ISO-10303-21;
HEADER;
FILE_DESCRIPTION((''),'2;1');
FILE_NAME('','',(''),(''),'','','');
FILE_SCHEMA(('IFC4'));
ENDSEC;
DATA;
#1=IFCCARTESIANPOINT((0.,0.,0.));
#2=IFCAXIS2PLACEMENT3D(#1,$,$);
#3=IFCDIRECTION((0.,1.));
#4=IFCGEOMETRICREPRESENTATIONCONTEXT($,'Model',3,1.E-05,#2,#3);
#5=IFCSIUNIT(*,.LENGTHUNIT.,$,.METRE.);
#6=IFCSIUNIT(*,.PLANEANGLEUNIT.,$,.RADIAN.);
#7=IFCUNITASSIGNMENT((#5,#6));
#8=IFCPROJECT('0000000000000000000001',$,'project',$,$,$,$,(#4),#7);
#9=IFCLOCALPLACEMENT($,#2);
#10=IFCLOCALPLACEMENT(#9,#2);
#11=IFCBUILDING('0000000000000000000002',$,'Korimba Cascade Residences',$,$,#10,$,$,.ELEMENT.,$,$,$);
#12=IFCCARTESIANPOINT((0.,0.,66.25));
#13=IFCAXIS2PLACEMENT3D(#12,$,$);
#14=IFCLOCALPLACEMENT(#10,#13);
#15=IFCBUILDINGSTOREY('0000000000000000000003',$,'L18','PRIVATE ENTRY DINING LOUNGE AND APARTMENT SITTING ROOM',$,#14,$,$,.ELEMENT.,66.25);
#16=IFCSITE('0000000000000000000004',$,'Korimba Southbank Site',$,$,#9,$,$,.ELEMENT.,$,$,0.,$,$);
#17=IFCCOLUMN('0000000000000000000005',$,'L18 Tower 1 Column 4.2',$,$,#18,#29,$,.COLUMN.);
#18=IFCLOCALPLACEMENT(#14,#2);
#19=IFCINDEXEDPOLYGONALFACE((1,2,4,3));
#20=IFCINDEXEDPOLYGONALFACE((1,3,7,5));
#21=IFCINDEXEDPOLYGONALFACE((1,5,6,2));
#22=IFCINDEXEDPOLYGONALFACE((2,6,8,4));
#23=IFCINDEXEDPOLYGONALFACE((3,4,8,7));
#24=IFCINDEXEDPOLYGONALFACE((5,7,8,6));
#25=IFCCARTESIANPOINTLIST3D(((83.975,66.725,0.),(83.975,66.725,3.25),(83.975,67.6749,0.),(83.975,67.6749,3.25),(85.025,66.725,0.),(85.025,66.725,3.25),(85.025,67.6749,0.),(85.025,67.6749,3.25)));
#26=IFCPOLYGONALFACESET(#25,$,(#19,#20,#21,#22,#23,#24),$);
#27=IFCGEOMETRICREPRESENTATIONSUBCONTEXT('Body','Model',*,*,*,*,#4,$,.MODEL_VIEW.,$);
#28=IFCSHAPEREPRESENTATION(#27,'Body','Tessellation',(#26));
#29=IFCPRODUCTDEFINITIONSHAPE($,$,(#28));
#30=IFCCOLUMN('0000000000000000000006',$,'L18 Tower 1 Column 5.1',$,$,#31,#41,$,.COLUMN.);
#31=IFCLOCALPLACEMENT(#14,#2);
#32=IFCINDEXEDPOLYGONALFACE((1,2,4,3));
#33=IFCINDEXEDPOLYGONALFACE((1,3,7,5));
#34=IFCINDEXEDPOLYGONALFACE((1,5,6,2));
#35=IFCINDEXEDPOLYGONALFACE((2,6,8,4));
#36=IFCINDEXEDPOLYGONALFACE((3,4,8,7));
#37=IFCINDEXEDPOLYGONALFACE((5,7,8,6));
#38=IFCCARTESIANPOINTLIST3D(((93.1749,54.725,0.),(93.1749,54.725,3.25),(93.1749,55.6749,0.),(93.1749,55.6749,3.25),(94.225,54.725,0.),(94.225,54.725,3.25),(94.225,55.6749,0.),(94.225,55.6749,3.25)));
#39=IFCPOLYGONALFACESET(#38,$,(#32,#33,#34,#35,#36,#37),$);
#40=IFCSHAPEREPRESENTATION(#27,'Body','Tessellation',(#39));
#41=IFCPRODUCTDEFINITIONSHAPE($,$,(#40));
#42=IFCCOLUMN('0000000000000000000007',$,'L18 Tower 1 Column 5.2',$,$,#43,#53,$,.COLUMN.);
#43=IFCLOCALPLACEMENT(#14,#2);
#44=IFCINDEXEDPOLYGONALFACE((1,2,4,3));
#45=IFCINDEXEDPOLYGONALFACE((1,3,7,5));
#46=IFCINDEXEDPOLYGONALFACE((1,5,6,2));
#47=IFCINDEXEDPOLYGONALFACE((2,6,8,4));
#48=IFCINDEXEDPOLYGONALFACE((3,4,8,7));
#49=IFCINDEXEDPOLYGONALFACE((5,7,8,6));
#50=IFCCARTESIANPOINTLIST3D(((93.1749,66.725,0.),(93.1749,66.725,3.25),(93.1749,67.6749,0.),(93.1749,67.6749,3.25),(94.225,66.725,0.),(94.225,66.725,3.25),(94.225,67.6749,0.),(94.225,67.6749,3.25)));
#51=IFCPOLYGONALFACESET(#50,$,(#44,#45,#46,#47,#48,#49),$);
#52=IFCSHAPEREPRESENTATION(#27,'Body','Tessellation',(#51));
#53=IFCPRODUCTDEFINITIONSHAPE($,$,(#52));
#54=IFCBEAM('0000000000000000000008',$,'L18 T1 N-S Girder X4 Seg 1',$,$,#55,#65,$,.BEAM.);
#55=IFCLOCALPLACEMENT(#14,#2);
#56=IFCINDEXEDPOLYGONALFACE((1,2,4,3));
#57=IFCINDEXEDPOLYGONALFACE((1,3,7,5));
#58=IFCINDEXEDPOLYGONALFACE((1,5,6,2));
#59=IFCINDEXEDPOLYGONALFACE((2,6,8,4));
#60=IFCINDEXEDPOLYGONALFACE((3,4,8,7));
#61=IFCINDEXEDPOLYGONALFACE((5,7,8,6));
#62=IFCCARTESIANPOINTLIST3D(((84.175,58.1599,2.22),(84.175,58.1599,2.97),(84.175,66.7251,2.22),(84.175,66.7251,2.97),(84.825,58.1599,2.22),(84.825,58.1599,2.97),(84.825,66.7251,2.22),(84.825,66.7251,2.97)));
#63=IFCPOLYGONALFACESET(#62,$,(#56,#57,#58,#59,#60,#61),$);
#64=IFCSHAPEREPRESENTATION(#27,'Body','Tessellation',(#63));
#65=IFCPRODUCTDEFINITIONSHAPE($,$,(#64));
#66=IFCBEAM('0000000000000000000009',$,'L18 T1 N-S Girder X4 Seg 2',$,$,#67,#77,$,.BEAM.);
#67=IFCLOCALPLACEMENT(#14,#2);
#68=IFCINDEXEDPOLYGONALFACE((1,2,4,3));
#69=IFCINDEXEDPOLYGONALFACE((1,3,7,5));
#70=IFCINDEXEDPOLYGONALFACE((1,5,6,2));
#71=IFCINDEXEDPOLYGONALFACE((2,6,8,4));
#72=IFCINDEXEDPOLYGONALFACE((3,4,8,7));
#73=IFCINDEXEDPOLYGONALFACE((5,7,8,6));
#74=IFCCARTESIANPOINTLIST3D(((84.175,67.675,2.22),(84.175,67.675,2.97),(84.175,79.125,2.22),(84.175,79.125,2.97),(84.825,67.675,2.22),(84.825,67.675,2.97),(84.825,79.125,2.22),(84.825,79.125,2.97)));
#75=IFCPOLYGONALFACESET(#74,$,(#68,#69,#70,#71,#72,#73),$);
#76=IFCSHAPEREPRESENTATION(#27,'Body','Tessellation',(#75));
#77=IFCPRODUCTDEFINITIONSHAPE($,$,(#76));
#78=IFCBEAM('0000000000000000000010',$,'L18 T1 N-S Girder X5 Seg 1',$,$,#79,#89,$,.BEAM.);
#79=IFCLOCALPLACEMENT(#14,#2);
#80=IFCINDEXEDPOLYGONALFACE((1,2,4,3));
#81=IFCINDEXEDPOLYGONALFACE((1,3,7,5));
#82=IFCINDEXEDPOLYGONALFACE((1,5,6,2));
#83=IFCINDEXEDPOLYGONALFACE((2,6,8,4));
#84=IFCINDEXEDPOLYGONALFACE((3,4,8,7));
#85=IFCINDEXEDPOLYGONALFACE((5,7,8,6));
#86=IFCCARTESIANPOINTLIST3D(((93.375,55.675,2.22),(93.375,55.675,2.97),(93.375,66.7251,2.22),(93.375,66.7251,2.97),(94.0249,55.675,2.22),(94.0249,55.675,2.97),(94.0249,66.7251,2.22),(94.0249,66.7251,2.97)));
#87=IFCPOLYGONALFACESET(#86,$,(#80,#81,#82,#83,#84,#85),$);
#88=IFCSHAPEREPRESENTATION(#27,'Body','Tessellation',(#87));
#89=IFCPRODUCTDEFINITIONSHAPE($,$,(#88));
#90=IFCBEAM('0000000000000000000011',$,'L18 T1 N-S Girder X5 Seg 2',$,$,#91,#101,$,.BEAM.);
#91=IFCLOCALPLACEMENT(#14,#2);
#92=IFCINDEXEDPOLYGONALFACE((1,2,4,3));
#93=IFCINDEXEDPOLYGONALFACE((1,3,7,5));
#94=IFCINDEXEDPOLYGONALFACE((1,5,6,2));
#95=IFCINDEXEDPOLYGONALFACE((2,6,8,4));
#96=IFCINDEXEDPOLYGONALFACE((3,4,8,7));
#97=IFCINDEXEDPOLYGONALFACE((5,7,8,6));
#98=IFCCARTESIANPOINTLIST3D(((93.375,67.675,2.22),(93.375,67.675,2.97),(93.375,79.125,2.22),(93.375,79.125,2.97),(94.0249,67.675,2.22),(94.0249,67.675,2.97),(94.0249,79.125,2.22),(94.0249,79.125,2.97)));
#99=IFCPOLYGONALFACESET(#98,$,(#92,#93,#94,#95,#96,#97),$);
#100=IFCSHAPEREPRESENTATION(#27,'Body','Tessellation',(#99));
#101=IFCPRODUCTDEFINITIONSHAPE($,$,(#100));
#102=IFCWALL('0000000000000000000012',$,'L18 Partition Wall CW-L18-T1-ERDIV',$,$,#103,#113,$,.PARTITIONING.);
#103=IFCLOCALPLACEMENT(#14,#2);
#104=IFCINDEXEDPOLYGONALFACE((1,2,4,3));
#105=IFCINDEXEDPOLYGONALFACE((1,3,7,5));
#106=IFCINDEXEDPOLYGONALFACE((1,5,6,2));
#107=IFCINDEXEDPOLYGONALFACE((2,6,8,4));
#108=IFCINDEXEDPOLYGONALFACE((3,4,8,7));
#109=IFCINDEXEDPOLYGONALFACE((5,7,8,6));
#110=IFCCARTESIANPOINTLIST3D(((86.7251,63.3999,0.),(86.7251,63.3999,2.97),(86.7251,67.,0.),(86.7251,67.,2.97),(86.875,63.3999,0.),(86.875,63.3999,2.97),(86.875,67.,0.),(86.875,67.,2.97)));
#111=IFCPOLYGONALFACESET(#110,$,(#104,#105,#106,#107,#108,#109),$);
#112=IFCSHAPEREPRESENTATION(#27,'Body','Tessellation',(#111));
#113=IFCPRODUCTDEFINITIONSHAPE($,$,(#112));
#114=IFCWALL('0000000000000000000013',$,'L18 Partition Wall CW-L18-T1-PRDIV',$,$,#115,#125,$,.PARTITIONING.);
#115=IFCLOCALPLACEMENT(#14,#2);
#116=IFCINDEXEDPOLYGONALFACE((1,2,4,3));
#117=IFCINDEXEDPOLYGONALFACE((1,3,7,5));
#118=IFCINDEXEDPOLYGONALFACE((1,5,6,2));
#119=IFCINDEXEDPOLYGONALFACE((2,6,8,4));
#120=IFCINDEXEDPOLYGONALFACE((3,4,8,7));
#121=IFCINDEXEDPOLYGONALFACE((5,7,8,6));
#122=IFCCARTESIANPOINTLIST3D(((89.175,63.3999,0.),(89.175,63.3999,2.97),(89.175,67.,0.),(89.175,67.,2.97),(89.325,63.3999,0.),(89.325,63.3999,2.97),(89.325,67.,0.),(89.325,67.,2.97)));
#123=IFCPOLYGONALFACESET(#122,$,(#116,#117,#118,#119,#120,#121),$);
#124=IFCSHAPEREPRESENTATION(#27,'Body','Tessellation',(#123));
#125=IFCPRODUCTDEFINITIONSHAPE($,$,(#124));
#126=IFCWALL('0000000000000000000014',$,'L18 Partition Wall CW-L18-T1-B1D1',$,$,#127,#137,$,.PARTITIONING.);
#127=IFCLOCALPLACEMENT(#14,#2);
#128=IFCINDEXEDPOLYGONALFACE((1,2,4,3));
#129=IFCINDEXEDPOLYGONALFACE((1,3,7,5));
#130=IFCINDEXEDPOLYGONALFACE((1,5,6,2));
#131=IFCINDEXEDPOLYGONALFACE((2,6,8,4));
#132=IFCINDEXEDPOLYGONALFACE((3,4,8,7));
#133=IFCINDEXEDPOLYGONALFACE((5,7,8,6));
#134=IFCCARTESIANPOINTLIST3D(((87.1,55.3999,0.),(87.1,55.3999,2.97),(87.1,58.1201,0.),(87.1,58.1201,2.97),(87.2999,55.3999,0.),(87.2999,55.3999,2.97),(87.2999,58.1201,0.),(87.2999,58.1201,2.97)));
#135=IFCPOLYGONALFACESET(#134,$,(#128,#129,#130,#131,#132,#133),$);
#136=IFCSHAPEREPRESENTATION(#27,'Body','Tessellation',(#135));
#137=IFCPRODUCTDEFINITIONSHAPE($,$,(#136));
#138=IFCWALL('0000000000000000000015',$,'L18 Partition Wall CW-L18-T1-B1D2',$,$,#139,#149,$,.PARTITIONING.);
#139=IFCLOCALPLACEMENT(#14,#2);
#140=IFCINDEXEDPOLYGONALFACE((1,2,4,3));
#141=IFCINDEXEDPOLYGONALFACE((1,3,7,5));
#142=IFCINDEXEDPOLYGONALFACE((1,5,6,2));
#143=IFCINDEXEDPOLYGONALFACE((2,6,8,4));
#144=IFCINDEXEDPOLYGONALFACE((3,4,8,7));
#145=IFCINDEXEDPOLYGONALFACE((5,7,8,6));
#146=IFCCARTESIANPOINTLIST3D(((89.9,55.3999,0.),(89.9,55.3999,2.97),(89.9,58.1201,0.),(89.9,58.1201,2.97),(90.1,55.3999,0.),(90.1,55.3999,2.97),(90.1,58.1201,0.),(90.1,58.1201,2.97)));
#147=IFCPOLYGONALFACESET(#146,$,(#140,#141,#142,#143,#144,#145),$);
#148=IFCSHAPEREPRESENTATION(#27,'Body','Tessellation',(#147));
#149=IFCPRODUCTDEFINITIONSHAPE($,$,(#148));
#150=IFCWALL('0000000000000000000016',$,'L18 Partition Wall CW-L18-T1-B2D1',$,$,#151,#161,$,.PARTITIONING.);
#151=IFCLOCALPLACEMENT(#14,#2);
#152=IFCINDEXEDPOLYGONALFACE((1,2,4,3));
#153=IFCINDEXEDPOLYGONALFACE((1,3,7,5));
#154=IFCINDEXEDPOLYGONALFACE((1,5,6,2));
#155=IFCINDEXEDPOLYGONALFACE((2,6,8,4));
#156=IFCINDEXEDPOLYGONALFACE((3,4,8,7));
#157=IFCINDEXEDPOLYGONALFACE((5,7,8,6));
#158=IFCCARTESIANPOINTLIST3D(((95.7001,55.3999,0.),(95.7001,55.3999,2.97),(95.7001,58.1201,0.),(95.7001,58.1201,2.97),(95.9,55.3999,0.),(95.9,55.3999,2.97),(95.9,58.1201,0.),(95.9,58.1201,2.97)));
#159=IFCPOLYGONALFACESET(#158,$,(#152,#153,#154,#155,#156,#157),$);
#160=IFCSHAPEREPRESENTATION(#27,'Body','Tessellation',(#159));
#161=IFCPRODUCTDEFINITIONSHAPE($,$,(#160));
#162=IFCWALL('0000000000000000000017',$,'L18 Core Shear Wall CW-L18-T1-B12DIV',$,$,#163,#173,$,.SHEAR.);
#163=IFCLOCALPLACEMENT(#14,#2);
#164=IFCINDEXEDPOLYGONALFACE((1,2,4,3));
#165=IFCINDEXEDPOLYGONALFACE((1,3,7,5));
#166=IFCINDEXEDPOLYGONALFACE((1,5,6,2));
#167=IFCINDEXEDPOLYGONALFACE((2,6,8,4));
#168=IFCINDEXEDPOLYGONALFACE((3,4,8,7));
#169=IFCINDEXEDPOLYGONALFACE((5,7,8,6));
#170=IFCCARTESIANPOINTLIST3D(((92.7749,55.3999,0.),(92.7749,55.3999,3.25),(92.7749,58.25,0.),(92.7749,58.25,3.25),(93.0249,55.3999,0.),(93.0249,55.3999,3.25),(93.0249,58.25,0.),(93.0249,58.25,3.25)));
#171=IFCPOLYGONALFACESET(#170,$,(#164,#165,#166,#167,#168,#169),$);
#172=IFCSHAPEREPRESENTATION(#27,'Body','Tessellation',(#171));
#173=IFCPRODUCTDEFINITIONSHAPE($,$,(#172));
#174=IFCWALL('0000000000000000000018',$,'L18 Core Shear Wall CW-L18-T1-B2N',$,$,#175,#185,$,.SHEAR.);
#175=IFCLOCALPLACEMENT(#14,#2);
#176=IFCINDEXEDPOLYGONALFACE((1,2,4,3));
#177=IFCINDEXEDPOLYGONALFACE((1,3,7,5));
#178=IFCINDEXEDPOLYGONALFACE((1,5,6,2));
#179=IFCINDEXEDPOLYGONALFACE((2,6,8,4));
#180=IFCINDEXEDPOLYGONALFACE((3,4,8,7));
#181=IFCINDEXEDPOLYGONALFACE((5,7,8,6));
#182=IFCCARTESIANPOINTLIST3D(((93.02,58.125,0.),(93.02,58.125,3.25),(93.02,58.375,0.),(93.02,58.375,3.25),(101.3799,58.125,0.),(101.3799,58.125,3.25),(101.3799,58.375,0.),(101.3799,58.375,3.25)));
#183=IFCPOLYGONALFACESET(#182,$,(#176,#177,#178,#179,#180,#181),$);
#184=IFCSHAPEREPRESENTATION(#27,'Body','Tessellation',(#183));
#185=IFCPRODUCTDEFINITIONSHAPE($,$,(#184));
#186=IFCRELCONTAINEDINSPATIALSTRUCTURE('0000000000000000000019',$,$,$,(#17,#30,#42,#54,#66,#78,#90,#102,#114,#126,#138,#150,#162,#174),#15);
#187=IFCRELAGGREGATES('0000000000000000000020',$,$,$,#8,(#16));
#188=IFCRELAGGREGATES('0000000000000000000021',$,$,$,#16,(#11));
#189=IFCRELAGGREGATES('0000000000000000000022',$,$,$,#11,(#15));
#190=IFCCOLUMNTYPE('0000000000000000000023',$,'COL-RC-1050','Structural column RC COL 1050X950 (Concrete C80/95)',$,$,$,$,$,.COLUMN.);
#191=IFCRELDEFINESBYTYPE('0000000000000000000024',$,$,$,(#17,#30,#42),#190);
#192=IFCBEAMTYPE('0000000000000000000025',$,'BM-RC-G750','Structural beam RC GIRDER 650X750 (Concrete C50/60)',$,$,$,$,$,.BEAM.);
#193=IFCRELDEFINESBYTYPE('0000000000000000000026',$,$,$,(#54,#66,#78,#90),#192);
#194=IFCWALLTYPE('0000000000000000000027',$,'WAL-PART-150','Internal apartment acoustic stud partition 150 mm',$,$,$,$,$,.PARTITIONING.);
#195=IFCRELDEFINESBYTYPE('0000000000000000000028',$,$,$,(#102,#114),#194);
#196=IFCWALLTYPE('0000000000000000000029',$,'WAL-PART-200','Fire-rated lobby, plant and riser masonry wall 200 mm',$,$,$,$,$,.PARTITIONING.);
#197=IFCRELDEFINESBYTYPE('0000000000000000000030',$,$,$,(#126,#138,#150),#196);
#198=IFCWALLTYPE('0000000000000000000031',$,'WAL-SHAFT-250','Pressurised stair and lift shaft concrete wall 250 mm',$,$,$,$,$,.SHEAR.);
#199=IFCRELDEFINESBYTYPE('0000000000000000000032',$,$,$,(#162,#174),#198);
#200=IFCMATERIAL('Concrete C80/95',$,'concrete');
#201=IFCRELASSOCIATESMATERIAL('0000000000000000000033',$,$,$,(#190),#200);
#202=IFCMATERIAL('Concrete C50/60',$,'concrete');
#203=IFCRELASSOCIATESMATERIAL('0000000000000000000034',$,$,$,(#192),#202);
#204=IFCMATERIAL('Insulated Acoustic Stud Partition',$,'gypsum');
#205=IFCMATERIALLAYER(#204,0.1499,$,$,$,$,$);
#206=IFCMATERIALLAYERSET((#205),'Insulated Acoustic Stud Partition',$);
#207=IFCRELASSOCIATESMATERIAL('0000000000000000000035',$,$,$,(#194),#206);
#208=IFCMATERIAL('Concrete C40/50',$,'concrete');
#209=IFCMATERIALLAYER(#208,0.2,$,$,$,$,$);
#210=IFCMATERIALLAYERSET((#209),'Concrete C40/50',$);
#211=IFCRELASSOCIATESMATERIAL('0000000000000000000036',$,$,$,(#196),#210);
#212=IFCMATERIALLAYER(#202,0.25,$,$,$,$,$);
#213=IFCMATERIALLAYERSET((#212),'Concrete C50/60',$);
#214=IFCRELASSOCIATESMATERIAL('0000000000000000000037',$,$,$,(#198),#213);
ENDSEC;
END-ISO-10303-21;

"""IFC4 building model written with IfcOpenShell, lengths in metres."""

from ifc_helpers import new_model, si_unit, direction, frame, frame_2d, origin, origin_2d, place, context, subcontext, project, spatial, rectangle, extrude, material, layer, layer_set, material_profile, profile_set, type_object, element, save


model = new_model("IFC4")

# Units and contexts
model_context = context("Model", 3, precision=1e-05, world=origin(), true_north=direction((0.0, 1.0)))
body_context = subcontext(model_context, "Body", "Model", "MODEL_VIEW")
ifc_project = project(units=[si_unit("LENGTHUNIT", "METRE"), si_unit("PLANEANGLEUNIT", "RADIAN")], contexts=[model_context])

# Site, building, storey
site_placement = place(None, origin())
site = spatial("IfcSite", under=ifc_project, at=site_placement, Name="Korimba Southbank Site", CompositionType="ELEMENT", RefElevation=0.0)
building_placement = place(site_placement, origin())
building = spatial("IfcBuilding", under=site, at=building_placement, Name="Korimba Cascade Residences", CompositionType="ELEMENT")
storey_placement = place(building_placement, frame((0.0, 0.0, 66.25)))
storey = spatial("IfcBuildingStorey", under=building, at=storey_placement, Name="L18", Description="PRIVATE ENTRY DINING LOUNGE AND APARTMENT SITTING ROOM", CompositionType="ELEMENT", Elevation=66.25)

# Columns
ifc_material_1 = material(Name="Concrete C80/95", Category="concrete")
ifc_material_profile_1 = material_profile(ifc_material_1, rectangle(XDim=1.05, YDim=0.95, at=origin_2d()), Name="Concrete C80/95")
ifc_profile_set_1 = profile_set([ifc_material_profile_1], Name="Concrete C80/95")
column_type = type_object("IfcColumnType", Name="COL-RC-1050", Description="Structural column RC COL 1050X950 (Concrete C80/95)", PredefinedType="COLUMN", material=ifc_profile_set_1)
for number, where, z_axis, x_axis, name in (
    (1, (84.5, 67.2, 0.0), (0.0, 0.0, 1.0), (1.0, 0.0, 0.0), "L18 Tower 1 Column 4.2"),
    (2, (93.7, 55.2, 0.0), (0.0, 0.0, 1.0), (1.0, 0.0, 0.0), "L18 Tower 1 Column 5.1"),
    (3, (93.7, 67.2, 0.0), (0.0, 0.0, 1.0), (1.0, 0.0, 0.0), "L18 Tower 1 Column 5.2"),
):
    element("IfcColumn", number, at=place(storey_placement, frame(where, z_axis=z_axis, x_axis=x_axis)), inside=storey, type_object=column_type, Name=name, PredefinedType="COLUMN", context=body_context, shape_type="SweptSolid", body=[
        extrude(rectangle(XDim=1.05, YDim=0.95, at=origin_2d()), origin(), (0.0, 0.0, 1.0), 3.25),
    ])

# Beams
ifc_material_2 = material(Name="Concrete C50/60", Category="concrete")
ifc_material_profile_2 = material_profile(ifc_material_2, rectangle(XDim=0.6499, YDim=0.75, at=origin_2d()), Name="Concrete C50/60")
ifc_profile_set_2 = profile_set([ifc_material_profile_2], Name="Concrete C50/60")
beam_type = type_object("IfcBeamType", Name="BM-RC-G750", Description="Structural beam RC GIRDER 650X750 (Concrete C50/60)", PredefinedType="BEAM", material=ifc_profile_set_2)
beam_1_placement = place(storey_placement, frame((84.5, 58.1599, 2.595), z_axis=(0.0, 1.0, 0.0), x_axis=(-1.0, 0.0, 0.0)))
element("IfcBeam", 4, at=beam_1_placement, inside=storey, type_object=beam_type, Name="L18 T1 N-S Girder X4 Seg 1", PredefinedType="BEAM", context=body_context, shape_type="SweptSolid", body=[
    extrude(rectangle(XDim=0.6499, YDim=0.75, at=origin_2d()), origin(), (0.0, 0.0, 1.0), 8.5652),
])
beam_2_placement = place(storey_placement, frame((84.5, 67.675, 2.595), z_axis=(0.0, 1.0, 0.0), x_axis=(-1.0, 0.0, 0.0)))
element("IfcBeam", 5, at=beam_2_placement, inside=storey, type_object=beam_type, Name="L18 T1 N-S Girder X4 Seg 2", PredefinedType="BEAM", context=body_context, shape_type="SweptSolid", body=[
    extrude(rectangle(XDim=0.6499, YDim=0.75, at=origin_2d()), origin(), (0.0, 0.0, 1.0), 11.45),
])
beam_3_placement = place(storey_placement, frame((93.7, 55.675, 2.595), z_axis=(0.0, 1.0, 0.0), x_axis=(-1.0, 0.0, 0.0)))
element("IfcBeam", 6, at=beam_3_placement, inside=storey, type_object=beam_type, Name="L18 T1 N-S Girder X5 Seg 1", PredefinedType="BEAM", context=body_context, shape_type="SweptSolid", body=[
    extrude(rectangle(XDim=0.6499, YDim=0.75, at=origin_2d()), origin(), (0.0, 0.0, 1.0), 11.05),
])
beam_4_placement = place(storey_placement, frame((93.7, 67.675, 2.595), z_axis=(0.0, 1.0, 0.0), x_axis=(-1.0, 0.0, 0.0)))
element("IfcBeam", 7, at=beam_4_placement, inside=storey, type_object=beam_type, Name="L18 T1 N-S Girder X5 Seg 2", PredefinedType="BEAM", context=body_context, shape_type="SweptSolid", body=[
    extrude(rectangle(XDim=0.6499, YDim=0.75, at=origin_2d()), origin(), (0.0, 0.0, 1.0), 11.45),
])

# Walls
ifc_material_3 = material(Name="Insulated Acoustic Stud Partition", Category="gypsum")
ifc_layer_1 = layer(ifc_material_3, 0.1499)
ifc_layer_set_1 = layer_set([ifc_layer_1], Name="Insulated Acoustic Stud Partition")
wall_type_1 = type_object("IfcWallType", Name="WAL-PART-150", Description="Internal apartment acoustic stud partition 150 mm", PredefinedType="PARTITIONING", material=ifc_layer_set_1)
for number, where, z_axis, x_axis, name in (
    (8, (86.8, 63.3999, 0.0), (0.0, 0.0, 1.0), (0.0, 1.0, 0.0), "L18 Partition Wall CW-L18-T1-ERDIV"),
    (9, (89.25, 63.3999, 0.0), (0.0, 0.0, 1.0), (0.0, 1.0, 0.0), "L18 Partition Wall CW-L18-T1-PRDIV"),
):
    element("IfcWall", number, at=place(storey_placement, frame(where, z_axis=z_axis, x_axis=x_axis)), inside=storey, type_object=wall_type_1, Name=name, PredefinedType="PARTITIONING", context=body_context, shape_type="SweptSolid", body=[
        extrude(rectangle(XDim=3.6001, YDim=0.1499, at=frame_2d((1.8, 0.0))), origin(), (0.0, 0.0, 1.0), 2.97),
    ])
ifc_material_4 = material(Name="Concrete C40/50", Category="concrete")
ifc_layer_2 = layer(ifc_material_4, 0.2)
ifc_layer_set_2 = layer_set([ifc_layer_2], Name="Concrete C40/50")
wall_type_2 = type_object("IfcWallType", Name="WAL-PART-200", Description="Fire-rated lobby, plant and riser masonry wall 200 mm", PredefinedType="PARTITIONING", material=ifc_layer_set_2)
for number, where, z_axis, x_axis, name in (
    (10, (87.2, 55.3999, 0.0), (0.0, 0.0, 1.0), (0.0, 1.0, 0.0), "L18 Partition Wall CW-L18-T1-B1D1"),
    (11, (90.0, 55.3999, 0.0), (0.0, 0.0, 1.0), (0.0, 1.0, 0.0), "L18 Partition Wall CW-L18-T1-B1D2"),
    (12, (95.8, 55.3999, 0.0), (0.0, 0.0, 1.0), (0.0, 1.0, 0.0), "L18 Partition Wall CW-L18-T1-B2D1"),
):
    element("IfcWall", number, at=place(storey_placement, frame(where, z_axis=z_axis, x_axis=x_axis)), inside=storey, type_object=wall_type_2, Name=name, PredefinedType="PARTITIONING", context=body_context, shape_type="SweptSolid", body=[
        extrude(rectangle(XDim=2.7202, YDim=0.2, at=frame_2d((1.3601, 0.0))), origin(), (0.0, 0.0, 1.0), 2.97),
    ])
ifc_layer_3 = layer(ifc_material_2, 0.25)
ifc_layer_set_3 = layer_set([ifc_layer_3], Name="Concrete C50/60")
wall_type_3 = type_object("IfcWallType", Name="WAL-SHAFT-250", Description="Pressurised stair and lift shaft concrete wall 250 mm", PredefinedType="SHEAR", material=ifc_layer_set_3)
wall_1_placement = place(storey_placement, frame((92.8999, 55.3999, 0.0), z_axis=(0.0, 0.0, 1.0), x_axis=(0.0, 1.0, 0.0)))
element("IfcWall", 13, at=wall_1_placement, inside=storey, type_object=wall_type_3, Name="L18 Core Shear Wall CW-L18-T1-B12DIV", PredefinedType="SHEAR", context=body_context, shape_type="SweptSolid", body=[
    extrude(rectangle(XDim=2.8501, YDim=0.25, at=frame_2d((1.425, 0.0))), origin(), (0.0, 0.0, 1.0), 3.25),
])
wall_2_placement = place(storey_placement, frame((93.02, 58.25, 0.0), z_axis=(0.0, 0.0, 1.0), x_axis=(1.0, 0.0, 0.0)))
element("IfcWall", 14, at=wall_2_placement, inside=storey, type_object=wall_type_3, Name="L18 Core Shear Wall CW-L18-T1-B2N", PredefinedType="SHEAR", context=body_context, shape_type="SweptSolid", body=[
    extrude(rectangle(XDim=8.3599, YDim=0.25, at=frame_2d((4.1799, 0.0))), origin(), (0.0, 0.0, 1.0), 3.25),
])

save(model, "model.ifc")
